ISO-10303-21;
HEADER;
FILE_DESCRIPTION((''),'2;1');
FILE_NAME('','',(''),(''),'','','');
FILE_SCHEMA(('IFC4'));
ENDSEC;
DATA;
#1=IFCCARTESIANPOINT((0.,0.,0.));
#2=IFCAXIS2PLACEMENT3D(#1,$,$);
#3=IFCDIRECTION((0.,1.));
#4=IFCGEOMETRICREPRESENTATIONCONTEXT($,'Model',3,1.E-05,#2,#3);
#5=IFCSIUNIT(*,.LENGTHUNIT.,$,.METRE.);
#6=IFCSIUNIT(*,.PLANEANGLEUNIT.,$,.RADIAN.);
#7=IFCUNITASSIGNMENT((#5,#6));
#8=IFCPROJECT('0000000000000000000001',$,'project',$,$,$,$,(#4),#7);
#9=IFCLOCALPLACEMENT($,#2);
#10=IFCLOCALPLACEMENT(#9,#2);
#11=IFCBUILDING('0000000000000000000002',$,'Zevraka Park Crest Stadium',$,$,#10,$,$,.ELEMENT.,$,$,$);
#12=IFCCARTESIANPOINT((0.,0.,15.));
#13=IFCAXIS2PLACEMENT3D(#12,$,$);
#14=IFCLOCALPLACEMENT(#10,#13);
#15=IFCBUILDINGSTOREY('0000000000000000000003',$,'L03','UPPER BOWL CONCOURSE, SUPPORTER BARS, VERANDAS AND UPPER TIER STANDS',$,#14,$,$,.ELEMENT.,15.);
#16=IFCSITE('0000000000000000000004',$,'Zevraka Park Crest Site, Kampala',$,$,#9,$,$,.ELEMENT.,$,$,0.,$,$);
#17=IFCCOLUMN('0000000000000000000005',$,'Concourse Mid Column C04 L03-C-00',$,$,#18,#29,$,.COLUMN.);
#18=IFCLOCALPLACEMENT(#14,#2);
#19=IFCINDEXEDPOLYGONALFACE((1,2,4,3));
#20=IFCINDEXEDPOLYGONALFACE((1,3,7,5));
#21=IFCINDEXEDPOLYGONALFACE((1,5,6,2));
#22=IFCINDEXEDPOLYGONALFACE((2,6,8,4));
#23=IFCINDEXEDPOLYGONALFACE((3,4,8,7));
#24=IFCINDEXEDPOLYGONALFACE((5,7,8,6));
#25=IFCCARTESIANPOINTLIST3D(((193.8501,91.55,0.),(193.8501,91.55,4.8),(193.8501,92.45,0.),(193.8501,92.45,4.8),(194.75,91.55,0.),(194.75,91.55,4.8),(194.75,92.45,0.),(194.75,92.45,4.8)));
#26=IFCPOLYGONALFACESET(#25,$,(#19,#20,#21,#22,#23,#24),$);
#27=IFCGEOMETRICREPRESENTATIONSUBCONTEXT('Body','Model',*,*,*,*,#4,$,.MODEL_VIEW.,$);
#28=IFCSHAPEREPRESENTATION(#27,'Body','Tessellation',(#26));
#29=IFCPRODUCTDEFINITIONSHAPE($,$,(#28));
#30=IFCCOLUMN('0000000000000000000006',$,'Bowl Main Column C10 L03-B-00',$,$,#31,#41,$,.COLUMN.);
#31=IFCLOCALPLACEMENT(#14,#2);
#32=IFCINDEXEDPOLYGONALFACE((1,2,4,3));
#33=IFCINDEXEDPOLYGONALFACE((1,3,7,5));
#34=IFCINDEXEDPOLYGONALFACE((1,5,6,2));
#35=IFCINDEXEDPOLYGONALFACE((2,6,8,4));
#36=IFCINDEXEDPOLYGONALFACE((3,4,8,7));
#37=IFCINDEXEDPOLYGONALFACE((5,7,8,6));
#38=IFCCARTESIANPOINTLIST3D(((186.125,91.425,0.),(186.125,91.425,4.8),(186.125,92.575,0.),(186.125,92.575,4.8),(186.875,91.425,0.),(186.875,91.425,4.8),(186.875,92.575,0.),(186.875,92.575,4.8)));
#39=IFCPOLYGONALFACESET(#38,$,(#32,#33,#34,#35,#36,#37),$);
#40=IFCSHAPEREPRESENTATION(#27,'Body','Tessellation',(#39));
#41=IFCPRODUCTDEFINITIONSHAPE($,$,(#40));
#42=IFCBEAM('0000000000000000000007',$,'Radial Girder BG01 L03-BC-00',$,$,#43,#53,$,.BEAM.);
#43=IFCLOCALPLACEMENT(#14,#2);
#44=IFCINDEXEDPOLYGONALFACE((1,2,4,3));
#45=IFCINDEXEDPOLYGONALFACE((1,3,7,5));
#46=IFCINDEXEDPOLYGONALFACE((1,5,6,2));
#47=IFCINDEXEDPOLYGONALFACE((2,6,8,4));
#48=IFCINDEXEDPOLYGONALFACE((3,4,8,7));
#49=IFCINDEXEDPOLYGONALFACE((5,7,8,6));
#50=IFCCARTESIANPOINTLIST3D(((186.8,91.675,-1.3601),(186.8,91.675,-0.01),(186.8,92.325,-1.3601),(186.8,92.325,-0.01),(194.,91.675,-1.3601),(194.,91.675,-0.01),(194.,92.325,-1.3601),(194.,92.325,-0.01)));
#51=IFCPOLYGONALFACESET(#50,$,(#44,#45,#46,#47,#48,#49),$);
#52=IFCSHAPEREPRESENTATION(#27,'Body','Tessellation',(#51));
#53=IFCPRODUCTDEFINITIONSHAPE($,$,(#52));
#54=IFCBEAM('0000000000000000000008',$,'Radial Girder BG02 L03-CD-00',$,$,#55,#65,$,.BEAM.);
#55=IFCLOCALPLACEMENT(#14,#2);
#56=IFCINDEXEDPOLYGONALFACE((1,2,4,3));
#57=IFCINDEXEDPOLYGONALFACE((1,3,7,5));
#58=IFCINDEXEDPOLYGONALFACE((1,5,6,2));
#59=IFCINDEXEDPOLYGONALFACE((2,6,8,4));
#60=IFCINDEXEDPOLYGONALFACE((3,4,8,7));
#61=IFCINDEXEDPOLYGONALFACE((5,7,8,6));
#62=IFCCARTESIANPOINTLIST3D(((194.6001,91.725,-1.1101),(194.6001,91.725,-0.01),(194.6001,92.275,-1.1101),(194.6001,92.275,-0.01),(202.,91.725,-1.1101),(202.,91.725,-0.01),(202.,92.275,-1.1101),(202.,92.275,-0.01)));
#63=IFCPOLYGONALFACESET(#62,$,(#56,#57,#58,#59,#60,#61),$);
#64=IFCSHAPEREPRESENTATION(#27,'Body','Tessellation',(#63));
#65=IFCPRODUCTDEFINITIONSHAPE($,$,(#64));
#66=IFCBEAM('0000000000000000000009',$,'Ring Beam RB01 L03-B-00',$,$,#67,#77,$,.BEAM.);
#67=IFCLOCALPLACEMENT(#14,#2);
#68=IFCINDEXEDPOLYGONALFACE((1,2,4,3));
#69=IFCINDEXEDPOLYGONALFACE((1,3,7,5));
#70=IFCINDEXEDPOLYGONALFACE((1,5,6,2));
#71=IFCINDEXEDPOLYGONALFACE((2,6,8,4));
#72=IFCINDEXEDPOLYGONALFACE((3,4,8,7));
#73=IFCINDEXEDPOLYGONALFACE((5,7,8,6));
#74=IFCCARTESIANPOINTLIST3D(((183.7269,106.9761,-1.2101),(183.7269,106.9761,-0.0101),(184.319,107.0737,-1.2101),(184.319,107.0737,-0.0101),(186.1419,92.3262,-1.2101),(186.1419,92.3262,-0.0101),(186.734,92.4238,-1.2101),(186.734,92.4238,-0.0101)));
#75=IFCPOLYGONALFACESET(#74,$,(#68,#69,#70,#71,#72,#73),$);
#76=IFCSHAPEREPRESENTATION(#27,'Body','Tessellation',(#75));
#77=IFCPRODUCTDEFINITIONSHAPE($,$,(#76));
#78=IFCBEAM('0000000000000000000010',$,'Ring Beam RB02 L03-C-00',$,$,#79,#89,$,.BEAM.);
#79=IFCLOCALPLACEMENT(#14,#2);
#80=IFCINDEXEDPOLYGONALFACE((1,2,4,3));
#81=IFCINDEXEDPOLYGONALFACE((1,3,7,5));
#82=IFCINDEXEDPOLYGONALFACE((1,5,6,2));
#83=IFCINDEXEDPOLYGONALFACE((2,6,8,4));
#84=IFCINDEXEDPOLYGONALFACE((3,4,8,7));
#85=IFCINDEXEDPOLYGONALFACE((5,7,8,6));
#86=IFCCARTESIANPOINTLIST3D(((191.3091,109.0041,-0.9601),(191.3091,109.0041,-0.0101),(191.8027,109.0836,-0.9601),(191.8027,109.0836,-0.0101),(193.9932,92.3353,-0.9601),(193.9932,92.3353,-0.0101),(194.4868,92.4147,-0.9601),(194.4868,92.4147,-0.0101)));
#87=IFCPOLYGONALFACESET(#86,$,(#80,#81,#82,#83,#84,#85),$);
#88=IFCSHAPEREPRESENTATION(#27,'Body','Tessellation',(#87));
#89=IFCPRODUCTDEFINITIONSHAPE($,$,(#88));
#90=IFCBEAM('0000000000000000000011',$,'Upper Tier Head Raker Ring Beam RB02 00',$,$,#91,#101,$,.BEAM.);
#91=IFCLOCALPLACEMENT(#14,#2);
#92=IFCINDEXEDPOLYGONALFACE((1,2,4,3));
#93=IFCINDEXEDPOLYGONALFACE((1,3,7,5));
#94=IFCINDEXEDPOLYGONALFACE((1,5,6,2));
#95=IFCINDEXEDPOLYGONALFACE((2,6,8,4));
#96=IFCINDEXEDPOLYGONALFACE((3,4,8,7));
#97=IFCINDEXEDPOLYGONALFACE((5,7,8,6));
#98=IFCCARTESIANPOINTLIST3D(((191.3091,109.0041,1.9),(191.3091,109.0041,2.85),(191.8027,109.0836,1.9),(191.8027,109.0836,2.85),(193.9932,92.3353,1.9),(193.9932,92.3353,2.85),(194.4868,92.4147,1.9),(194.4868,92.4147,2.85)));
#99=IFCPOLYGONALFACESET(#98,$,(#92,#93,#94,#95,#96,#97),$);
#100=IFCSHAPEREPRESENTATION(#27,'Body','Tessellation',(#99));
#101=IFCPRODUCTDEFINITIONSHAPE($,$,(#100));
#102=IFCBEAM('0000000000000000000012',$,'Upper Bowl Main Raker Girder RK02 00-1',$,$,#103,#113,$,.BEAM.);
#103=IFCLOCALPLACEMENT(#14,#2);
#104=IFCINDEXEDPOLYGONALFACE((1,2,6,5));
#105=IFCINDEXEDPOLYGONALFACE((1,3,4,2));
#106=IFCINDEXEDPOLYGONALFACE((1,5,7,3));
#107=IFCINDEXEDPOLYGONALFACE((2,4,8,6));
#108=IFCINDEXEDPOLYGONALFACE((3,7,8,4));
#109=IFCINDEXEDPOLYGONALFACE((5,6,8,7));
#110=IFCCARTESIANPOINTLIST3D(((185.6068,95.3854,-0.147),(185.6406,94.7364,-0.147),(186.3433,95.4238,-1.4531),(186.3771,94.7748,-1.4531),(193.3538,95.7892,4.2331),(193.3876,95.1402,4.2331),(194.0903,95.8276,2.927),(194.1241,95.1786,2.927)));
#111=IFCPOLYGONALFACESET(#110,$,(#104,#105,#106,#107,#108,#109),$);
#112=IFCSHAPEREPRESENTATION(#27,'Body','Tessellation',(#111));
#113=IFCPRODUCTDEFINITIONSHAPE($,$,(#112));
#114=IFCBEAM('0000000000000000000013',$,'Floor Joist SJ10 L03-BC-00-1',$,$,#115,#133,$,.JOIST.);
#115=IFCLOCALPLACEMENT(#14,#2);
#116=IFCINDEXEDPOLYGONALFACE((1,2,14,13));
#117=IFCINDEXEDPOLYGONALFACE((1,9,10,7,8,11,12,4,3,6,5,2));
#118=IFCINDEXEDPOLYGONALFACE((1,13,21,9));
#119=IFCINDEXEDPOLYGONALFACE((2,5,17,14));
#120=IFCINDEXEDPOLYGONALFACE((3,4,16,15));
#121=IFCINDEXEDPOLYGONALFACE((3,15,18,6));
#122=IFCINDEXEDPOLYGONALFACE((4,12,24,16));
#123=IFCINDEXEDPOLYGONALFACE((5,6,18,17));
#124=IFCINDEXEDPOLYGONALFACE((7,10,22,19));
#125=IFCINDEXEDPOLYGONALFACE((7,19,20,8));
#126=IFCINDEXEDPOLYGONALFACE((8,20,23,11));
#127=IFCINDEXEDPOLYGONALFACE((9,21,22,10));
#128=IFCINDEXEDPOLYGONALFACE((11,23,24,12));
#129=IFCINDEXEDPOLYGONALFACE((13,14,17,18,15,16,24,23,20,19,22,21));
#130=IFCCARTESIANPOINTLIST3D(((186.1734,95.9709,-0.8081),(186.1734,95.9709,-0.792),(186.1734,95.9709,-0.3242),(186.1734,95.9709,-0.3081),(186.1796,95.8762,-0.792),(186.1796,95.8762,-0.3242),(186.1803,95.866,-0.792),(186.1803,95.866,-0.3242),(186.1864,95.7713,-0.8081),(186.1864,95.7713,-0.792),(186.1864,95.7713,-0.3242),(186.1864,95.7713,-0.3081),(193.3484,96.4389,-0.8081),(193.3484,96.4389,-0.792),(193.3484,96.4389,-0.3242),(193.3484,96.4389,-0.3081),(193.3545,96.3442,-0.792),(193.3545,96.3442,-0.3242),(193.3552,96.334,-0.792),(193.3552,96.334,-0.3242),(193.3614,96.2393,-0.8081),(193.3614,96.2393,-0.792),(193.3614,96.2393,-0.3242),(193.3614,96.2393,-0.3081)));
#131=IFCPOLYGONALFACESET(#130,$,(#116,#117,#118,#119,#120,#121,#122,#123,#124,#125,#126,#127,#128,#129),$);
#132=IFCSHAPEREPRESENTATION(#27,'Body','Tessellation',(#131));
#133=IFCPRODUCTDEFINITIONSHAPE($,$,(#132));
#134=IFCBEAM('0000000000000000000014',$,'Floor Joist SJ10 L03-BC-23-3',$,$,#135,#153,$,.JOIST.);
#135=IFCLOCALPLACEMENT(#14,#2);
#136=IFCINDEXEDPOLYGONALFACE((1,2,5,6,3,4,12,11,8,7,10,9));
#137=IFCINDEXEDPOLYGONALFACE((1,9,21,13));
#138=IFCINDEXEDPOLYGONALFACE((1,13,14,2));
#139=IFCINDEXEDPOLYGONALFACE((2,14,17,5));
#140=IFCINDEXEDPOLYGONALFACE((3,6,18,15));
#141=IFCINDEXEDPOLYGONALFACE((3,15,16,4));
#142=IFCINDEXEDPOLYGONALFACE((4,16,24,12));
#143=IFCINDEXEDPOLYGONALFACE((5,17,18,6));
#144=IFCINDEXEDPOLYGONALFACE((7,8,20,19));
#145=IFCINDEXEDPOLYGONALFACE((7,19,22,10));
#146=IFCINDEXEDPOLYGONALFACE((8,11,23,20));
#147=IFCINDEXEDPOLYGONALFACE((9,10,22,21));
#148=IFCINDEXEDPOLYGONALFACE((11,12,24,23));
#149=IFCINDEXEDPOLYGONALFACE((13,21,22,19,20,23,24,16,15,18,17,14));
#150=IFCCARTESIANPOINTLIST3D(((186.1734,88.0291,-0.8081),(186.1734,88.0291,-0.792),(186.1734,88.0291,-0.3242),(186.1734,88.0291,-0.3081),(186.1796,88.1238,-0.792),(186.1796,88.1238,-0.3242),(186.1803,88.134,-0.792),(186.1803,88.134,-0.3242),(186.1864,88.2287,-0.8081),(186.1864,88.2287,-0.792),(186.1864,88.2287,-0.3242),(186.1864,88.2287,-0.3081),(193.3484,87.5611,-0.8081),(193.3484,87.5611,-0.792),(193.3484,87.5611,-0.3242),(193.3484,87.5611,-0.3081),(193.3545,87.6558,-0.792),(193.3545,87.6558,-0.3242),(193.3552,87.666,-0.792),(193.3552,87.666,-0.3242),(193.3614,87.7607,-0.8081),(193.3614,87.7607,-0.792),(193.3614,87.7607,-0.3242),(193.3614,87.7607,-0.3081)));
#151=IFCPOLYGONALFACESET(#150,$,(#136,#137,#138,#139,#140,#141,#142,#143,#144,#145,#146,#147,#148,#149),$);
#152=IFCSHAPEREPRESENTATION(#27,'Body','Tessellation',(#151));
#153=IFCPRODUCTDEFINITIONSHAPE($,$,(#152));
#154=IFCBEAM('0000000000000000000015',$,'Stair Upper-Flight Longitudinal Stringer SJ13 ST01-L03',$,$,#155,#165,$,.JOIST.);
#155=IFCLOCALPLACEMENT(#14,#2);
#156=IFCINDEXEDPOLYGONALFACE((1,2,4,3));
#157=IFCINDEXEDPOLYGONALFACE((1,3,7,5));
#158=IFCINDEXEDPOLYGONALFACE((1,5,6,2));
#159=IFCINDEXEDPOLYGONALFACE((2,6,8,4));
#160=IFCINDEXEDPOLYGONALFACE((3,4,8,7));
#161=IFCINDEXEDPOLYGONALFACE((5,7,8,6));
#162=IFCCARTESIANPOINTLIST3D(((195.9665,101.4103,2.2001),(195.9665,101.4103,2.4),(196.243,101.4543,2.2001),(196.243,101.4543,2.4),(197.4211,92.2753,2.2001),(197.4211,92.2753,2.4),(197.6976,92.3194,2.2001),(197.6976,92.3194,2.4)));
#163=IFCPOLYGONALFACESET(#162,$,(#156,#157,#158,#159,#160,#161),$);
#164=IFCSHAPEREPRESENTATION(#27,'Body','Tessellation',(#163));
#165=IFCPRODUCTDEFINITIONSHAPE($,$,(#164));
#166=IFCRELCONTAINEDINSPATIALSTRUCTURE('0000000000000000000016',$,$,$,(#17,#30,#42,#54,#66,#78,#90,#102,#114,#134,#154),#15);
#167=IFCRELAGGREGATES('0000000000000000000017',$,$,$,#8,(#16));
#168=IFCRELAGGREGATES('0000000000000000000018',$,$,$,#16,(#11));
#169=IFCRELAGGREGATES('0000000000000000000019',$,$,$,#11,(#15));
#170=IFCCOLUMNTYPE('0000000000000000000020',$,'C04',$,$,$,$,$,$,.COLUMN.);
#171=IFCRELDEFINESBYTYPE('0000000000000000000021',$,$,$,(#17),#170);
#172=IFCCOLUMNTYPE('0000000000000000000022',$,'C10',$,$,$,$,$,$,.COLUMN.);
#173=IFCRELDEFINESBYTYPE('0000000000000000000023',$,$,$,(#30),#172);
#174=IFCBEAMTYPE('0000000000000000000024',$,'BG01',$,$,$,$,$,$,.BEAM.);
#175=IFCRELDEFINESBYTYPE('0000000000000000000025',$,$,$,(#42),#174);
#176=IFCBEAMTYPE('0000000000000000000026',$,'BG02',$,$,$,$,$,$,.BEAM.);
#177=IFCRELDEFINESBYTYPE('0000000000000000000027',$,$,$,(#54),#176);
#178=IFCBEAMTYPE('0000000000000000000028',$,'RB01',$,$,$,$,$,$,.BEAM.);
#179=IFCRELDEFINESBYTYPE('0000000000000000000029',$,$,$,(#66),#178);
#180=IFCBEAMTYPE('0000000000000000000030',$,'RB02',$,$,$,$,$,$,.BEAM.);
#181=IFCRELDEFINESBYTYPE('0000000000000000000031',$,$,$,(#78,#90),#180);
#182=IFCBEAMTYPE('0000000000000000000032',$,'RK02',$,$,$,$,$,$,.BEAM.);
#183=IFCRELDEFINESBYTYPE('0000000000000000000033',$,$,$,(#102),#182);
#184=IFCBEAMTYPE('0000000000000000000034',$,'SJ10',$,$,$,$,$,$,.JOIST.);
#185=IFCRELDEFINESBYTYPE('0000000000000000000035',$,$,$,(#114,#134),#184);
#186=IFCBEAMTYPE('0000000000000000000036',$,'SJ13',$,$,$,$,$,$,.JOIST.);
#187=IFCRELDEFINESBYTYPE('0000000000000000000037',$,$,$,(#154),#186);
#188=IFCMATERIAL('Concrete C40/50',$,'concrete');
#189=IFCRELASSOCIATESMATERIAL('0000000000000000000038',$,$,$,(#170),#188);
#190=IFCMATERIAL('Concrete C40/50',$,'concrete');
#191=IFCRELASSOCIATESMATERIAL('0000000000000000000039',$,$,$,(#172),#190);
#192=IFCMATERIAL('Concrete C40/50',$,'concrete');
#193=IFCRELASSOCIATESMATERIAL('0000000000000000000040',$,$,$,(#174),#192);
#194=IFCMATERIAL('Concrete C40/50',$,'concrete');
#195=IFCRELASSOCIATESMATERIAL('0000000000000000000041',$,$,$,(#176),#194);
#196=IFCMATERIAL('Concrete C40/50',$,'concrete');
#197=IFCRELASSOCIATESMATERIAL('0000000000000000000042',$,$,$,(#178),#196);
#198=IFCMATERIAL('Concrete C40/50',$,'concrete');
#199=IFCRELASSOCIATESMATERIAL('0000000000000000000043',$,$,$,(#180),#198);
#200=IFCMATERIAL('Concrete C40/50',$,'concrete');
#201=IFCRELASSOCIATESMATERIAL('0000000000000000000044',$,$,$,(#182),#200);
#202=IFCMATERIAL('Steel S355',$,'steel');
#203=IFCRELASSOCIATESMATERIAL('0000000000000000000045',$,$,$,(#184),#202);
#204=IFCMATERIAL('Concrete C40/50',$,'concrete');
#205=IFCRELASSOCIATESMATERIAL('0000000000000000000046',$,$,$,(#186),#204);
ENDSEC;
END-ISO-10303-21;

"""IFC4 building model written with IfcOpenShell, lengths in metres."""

from ifc_helpers import new_model, si_unit, direction, frame, origin, origin_2d, place, context, subcontext, project, spatial, rectangle, i_section, extrude, material, material_profile, profile_set, type_object, element, save


model = new_model("IFC4")

# Units and contexts
model_context = context("Model", 3, precision=1e-05, world=origin(), true_north=direction((0.0, 1.0)))
body_context = subcontext(model_context, "Body", "Model", "MODEL_VIEW")
ifc_project = project(units=[si_unit("LENGTHUNIT", "METRE"), si_unit("PLANEANGLEUNIT", "RADIAN")], contexts=[model_context])

# Site, building, storey
site_placement = place(None, origin())
site = spatial("IfcSite", under=ifc_project, at=site_placement, Name="Zevraka Park Crest Site, Kampala", CompositionType="ELEMENT", RefElevation=0.0)
building_placement = place(site_placement, origin())
building = spatial("IfcBuilding", under=site, at=building_placement, Name="Zevraka Park Crest Stadium", CompositionType="ELEMENT")
storey_placement = place(building_placement, frame((0.0, 0.0, 15.0)))
storey = spatial("IfcBuildingStorey", under=building, at=storey_placement, Name="L03", Description="UPPER BOWL CONCOURSE, SUPPORTER BARS, VERANDAS AND UPPER TIER STANDS", CompositionType="ELEMENT", Elevation=15.0)

# Columns
ifc_material_1 = material(Name="Concrete C40/50", Category="concrete")
ifc_material_profile_1 = material_profile(ifc_material_1, rectangle(XDim=0.8999, YDim=0.8999, at=origin_2d()), Name="RC 900x900")
ifc_profile_set_1 = profile_set([ifc_material_profile_1], Name="Concrete C40/50")
column_type_1 = type_object("IfcColumnType", Name="C04", PredefinedType="COLUMN", material=ifc_profile_set_1)
column_1_placement = place(storey_placement, frame((194.3, 92.0, 0.0), z_axis=(0.0, 0.0, 1.0), x_axis=(1.0, 0.0, 0.0)))
element("IfcColumn", 1, at=column_1_placement, inside=storey, type_object=column_type_1, Name="Concourse Mid Column C04 L03-C-00", PredefinedType="COLUMN", context=body_context, shape_type="SweptSolid", body=[
    extrude(rectangle(XDim=0.8999, YDim=0.8999, at=origin_2d()), origin(), (0.0, 0.0, 1.0), 4.8),
])
ifc_material_2 = material(Name="Concrete C40/50", Category="concrete")
ifc_material_profile_2 = material_profile(ifc_material_2, rectangle(XDim=0.75, YDim=1.1499, at=origin_2d()), Name="RC 1150x750")
ifc_profile_set_2 = profile_set([ifc_material_profile_2], Name="Concrete C40/50")
column_type_2 = type_object("IfcColumnType", Name="C10", PredefinedType="COLUMN", material=ifc_profile_set_2)
column_2_placement = place(storey_placement, frame((186.5, 92.0, 0.0), z_axis=(0.0, 0.0, 1.0), x_axis=(1.0, 0.0, 0.0)))
element("IfcColumn", 2, at=column_2_placement, inside=storey, type_object=column_type_2, Name="Bowl Main Column C10 L03-B-00", PredefinedType="COLUMN", context=body_context, shape_type="SweptSolid", body=[
    extrude(rectangle(XDim=0.75, YDim=1.1499, at=origin_2d()), origin(), (0.0, 0.0, 1.0), 4.8),
])

# Beams
ifc_material_3 = material(Name="Concrete C40/50", Category="concrete")
ifc_material_profile_3 = material_profile(ifc_material_3, rectangle(XDim=0.6499, YDim=1.3501, at=origin_2d()), Name="RC 1350x650")
ifc_profile_set_3 = profile_set([ifc_material_profile_3], Name="Concrete C40/50")
beam_type_1 = type_object("IfcBeamType", Name="BG01", PredefinedType="BEAM", material=ifc_profile_set_3)
beam_1_placement = place(storey_placement, frame((186.8, 92.0, -0.6851), z_axis=(1.0, 0.0, 0.0), x_axis=(0.0, 1.0, 0.0)))
element("IfcBeam", 3, at=beam_1_placement, inside=storey, type_object=beam_type_1, Name="Radial Girder BG01 L03-BC-00", PredefinedType="BEAM", context=body_context, shape_type="SweptSolid", body=[
    extrude(rectangle(XDim=0.6499, YDim=1.3501, at=origin_2d()), origin(), (0.0, 0.0, 1.0), 7.2),
])
ifc_material_4 = material(Name="Concrete C40/50", Category="concrete")
ifc_material_profile_4 = material_profile(ifc_material_4, rectangle(XDim=0.55, YDim=1.1001, at=origin_2d()), Name="RC 1100x550")
ifc_profile_set_4 = profile_set([ifc_material_profile_4], Name="Concrete C40/50")
beam_type_2 = type_object("IfcBeamType", Name="BG02", PredefinedType="BEAM", material=ifc_profile_set_4)
beam_2_placement = place(storey_placement, frame((194.6001, 92.0, -0.5601), z_axis=(1.0, 0.0, 0.0), x_axis=(0.0, 1.0, 0.0)))
element("IfcBeam", 4, at=beam_2_placement, inside=storey, type_object=beam_type_2, Name="Radial Girder BG02 L03-CD-00", PredefinedType="BEAM", context=body_context, shape_type="SweptSolid", body=[
    extrude(rectangle(XDim=0.55, YDim=1.1001, at=origin_2d()), origin(), (0.0, 0.0, 1.0), 7.3999),
])
ifc_material_5 = material(Name="Concrete C40/50", Category="concrete")
ifc_material_profile_5 = material_profile(ifc_material_5, rectangle(XDim=0.6001, YDim=1.2, at=origin_2d()), Name="RC 1200x600")
ifc_profile_set_5 = profile_set([ifc_material_profile_5], Name="Concrete C40/50")
beam_type_3 = type_object("IfcBeamType", Name="RB01", PredefinedType="BEAM", material=ifc_profile_set_5)
beam_3_placement = place(storey_placement, frame((186.438, 92.375, -0.6101), z_axis=(-0.162655, 0.986683, 0.0), x_axis=(-0.986683, -0.162655, 0.0)))
element("IfcBeam", 5, at=beam_3_placement, inside=storey, type_object=beam_type_3, Name="Ring Beam RB01 L03-B-00", PredefinedType="BEAM", context=body_context, shape_type="SweptSolid", body=[
    extrude(rectangle(XDim=0.6001, YDim=1.2, at=origin_2d()), origin(), (0.0, 0.0, 1.0), 14.8477),
])
ifc_material_6 = material(Name="Concrete C40/50", Category="concrete")
ifc_material_profile_6 = material_profile(ifc_material_6, rectangle(XDim=0.5, YDim=0.95, at=origin_2d()), Name="RC 950x500")
ifc_profile_set_6 = profile_set([ifc_material_profile_6], Name="Concrete C40/50")
beam_type_4 = type_object("IfcBeamType", Name="RB02", PredefinedType="BEAM", material=ifc_profile_set_6)
for number, where, z_axis, x_axis, name in (
    (6, (194.24, 92.375, -0.4851), (-0.158975, 0.987283, 0.0), (-0.987283, -0.158975, 0.0), "Ring Beam RB02 L03-C-00"),
    (7, (194.24, 92.375, 2.375), (-0.158975, 0.987283, 0.0), (-0.987283, -0.158975, 0.0), "Upper Tier Head Raker Ring Beam RB02 00"),
):
    element("IfcBeam", number, at=place(storey_placement, frame(where, z_axis=z_axis, x_axis=x_axis)), inside=storey, type_object=beam_type_4, Name=name, PredefinedType="BEAM", context=body_context, shape_type="SweptSolid", body=[
        extrude(rectangle(XDim=0.5, YDim=0.95, at=origin_2d()), origin(), (0.0, 0.0, 1.0), 16.8835),
    ])
ifc_material_7 = material(Name="Concrete C40/50", Category="concrete")
ifc_material_profile_7 = material_profile(ifc_material_7, rectangle(XDim=0.6499, YDim=1.5, at=origin_2d()), Name="RC 1500x650")
ifc_profile_set_7 = profile_set([ifc_material_profile_7], Name="Concrete C40/50")
beam_type_5 = type_object("IfcBeamType", Name="RK02", PredefinedType="BEAM", material=ifc_profile_set_7)
beam_4_placement = place(storey_placement, frame((185.9919, 95.0801, -0.8), z_axis=(0.869603, 0.045327, 0.491666), x_axis=(-0.052053, 0.998644, 0.0)))
element("IfcBeam", 8, at=beam_4_placement, inside=storey, type_object=beam_type_5, Name="Upper Bowl Main Raker Girder RK02 00-1", PredefinedType="BEAM", context=body_context, shape_type="SweptSolid", body=[
    extrude(rectangle(XDim=0.6499, YDim=1.5, at=origin_2d()), origin(), (0.0, 0.0, 1.0), 8.9087),
])
ifc_material_8 = material(Name="Steel S355", Category="steel")
ifc_material_profile_8 = material_profile(ifc_material_8, i_section(OverallWidth=0.2, OverallDepth=0.5, WebThickness=0.0103, FlangeThickness=0.0161, at=origin_2d()), Name="IPE 500")
ifc_profile_set_8 = profile_set([ifc_material_profile_8], Name="Steel S355")
beam_type_6 = type_object("IfcBeamType", Name="SJ10", PredefinedType="JOIST", material=ifc_profile_set_8)
for number, where, z_axis, x_axis, name in (
    (9, (186.1799, 95.8711, -0.5581), (0.997879, 0.06509, 0.0), (-0.06509, 0.997879, 0.0), "Floor Joist SJ10 L03-BC-00-1"),
    (10, (186.1799, 88.1289, -0.5581), (0.997879, -0.06509, 0.0), (0.06509, 0.997879, 0.0), "Floor Joist SJ10 L03-BC-23-3"),
):
    element("IfcBeam", number, at=place(storey_placement, frame(where, z_axis=z_axis, x_axis=x_axis)), inside=storey, type_object=beam_type_6, Name=name, PredefinedType="JOIST", context=body_context, shape_type="SweptSolid", body=[
        extrude(i_section(OverallWidth=0.2, OverallDepth=0.5, WebThickness=0.0103, FlangeThickness=0.0161, at=origin_2d()), origin(), (0.0, 0.0, 1.0), 7.1902),
    ])
ifc_material_9 = material(Name="Concrete C40/50", Category="concrete")
ifc_material_profile_9 = material_profile(ifc_material_9, rectangle(XDim=0.28, YDim=0.2, at=origin_2d()), Name="RC 200x280")
ifc_profile_set_9 = profile_set([ifc_material_profile_9], Name="Concrete C40/50")
beam_type_7 = type_object("IfcBeamType", Name="SJ13", PredefinedType="JOIST", material=ifc_profile_set_9)
beam_5_placement = place(storey_placement, frame((197.5593, 92.2974, 2.3), z_axis=(-0.157251, 0.987559, 0.0), x_axis=(-0.987559, -0.157251, 0.0)))
element("IfcBeam", 11, at=beam_5_placement, inside=storey, type_object=beam_type_7, Name="Stair Upper-Flight Longitudinal Stringer SJ13 ST01-L03", PredefinedType="JOIST", context=body_context, shape_type="SweptSolid", body=[
    extrude(rectangle(XDim=0.28, YDim=0.2, at=origin_2d()), origin(), (0.0, 0.0, 1.0), 9.25),
])

save(model, "model.ifc")
